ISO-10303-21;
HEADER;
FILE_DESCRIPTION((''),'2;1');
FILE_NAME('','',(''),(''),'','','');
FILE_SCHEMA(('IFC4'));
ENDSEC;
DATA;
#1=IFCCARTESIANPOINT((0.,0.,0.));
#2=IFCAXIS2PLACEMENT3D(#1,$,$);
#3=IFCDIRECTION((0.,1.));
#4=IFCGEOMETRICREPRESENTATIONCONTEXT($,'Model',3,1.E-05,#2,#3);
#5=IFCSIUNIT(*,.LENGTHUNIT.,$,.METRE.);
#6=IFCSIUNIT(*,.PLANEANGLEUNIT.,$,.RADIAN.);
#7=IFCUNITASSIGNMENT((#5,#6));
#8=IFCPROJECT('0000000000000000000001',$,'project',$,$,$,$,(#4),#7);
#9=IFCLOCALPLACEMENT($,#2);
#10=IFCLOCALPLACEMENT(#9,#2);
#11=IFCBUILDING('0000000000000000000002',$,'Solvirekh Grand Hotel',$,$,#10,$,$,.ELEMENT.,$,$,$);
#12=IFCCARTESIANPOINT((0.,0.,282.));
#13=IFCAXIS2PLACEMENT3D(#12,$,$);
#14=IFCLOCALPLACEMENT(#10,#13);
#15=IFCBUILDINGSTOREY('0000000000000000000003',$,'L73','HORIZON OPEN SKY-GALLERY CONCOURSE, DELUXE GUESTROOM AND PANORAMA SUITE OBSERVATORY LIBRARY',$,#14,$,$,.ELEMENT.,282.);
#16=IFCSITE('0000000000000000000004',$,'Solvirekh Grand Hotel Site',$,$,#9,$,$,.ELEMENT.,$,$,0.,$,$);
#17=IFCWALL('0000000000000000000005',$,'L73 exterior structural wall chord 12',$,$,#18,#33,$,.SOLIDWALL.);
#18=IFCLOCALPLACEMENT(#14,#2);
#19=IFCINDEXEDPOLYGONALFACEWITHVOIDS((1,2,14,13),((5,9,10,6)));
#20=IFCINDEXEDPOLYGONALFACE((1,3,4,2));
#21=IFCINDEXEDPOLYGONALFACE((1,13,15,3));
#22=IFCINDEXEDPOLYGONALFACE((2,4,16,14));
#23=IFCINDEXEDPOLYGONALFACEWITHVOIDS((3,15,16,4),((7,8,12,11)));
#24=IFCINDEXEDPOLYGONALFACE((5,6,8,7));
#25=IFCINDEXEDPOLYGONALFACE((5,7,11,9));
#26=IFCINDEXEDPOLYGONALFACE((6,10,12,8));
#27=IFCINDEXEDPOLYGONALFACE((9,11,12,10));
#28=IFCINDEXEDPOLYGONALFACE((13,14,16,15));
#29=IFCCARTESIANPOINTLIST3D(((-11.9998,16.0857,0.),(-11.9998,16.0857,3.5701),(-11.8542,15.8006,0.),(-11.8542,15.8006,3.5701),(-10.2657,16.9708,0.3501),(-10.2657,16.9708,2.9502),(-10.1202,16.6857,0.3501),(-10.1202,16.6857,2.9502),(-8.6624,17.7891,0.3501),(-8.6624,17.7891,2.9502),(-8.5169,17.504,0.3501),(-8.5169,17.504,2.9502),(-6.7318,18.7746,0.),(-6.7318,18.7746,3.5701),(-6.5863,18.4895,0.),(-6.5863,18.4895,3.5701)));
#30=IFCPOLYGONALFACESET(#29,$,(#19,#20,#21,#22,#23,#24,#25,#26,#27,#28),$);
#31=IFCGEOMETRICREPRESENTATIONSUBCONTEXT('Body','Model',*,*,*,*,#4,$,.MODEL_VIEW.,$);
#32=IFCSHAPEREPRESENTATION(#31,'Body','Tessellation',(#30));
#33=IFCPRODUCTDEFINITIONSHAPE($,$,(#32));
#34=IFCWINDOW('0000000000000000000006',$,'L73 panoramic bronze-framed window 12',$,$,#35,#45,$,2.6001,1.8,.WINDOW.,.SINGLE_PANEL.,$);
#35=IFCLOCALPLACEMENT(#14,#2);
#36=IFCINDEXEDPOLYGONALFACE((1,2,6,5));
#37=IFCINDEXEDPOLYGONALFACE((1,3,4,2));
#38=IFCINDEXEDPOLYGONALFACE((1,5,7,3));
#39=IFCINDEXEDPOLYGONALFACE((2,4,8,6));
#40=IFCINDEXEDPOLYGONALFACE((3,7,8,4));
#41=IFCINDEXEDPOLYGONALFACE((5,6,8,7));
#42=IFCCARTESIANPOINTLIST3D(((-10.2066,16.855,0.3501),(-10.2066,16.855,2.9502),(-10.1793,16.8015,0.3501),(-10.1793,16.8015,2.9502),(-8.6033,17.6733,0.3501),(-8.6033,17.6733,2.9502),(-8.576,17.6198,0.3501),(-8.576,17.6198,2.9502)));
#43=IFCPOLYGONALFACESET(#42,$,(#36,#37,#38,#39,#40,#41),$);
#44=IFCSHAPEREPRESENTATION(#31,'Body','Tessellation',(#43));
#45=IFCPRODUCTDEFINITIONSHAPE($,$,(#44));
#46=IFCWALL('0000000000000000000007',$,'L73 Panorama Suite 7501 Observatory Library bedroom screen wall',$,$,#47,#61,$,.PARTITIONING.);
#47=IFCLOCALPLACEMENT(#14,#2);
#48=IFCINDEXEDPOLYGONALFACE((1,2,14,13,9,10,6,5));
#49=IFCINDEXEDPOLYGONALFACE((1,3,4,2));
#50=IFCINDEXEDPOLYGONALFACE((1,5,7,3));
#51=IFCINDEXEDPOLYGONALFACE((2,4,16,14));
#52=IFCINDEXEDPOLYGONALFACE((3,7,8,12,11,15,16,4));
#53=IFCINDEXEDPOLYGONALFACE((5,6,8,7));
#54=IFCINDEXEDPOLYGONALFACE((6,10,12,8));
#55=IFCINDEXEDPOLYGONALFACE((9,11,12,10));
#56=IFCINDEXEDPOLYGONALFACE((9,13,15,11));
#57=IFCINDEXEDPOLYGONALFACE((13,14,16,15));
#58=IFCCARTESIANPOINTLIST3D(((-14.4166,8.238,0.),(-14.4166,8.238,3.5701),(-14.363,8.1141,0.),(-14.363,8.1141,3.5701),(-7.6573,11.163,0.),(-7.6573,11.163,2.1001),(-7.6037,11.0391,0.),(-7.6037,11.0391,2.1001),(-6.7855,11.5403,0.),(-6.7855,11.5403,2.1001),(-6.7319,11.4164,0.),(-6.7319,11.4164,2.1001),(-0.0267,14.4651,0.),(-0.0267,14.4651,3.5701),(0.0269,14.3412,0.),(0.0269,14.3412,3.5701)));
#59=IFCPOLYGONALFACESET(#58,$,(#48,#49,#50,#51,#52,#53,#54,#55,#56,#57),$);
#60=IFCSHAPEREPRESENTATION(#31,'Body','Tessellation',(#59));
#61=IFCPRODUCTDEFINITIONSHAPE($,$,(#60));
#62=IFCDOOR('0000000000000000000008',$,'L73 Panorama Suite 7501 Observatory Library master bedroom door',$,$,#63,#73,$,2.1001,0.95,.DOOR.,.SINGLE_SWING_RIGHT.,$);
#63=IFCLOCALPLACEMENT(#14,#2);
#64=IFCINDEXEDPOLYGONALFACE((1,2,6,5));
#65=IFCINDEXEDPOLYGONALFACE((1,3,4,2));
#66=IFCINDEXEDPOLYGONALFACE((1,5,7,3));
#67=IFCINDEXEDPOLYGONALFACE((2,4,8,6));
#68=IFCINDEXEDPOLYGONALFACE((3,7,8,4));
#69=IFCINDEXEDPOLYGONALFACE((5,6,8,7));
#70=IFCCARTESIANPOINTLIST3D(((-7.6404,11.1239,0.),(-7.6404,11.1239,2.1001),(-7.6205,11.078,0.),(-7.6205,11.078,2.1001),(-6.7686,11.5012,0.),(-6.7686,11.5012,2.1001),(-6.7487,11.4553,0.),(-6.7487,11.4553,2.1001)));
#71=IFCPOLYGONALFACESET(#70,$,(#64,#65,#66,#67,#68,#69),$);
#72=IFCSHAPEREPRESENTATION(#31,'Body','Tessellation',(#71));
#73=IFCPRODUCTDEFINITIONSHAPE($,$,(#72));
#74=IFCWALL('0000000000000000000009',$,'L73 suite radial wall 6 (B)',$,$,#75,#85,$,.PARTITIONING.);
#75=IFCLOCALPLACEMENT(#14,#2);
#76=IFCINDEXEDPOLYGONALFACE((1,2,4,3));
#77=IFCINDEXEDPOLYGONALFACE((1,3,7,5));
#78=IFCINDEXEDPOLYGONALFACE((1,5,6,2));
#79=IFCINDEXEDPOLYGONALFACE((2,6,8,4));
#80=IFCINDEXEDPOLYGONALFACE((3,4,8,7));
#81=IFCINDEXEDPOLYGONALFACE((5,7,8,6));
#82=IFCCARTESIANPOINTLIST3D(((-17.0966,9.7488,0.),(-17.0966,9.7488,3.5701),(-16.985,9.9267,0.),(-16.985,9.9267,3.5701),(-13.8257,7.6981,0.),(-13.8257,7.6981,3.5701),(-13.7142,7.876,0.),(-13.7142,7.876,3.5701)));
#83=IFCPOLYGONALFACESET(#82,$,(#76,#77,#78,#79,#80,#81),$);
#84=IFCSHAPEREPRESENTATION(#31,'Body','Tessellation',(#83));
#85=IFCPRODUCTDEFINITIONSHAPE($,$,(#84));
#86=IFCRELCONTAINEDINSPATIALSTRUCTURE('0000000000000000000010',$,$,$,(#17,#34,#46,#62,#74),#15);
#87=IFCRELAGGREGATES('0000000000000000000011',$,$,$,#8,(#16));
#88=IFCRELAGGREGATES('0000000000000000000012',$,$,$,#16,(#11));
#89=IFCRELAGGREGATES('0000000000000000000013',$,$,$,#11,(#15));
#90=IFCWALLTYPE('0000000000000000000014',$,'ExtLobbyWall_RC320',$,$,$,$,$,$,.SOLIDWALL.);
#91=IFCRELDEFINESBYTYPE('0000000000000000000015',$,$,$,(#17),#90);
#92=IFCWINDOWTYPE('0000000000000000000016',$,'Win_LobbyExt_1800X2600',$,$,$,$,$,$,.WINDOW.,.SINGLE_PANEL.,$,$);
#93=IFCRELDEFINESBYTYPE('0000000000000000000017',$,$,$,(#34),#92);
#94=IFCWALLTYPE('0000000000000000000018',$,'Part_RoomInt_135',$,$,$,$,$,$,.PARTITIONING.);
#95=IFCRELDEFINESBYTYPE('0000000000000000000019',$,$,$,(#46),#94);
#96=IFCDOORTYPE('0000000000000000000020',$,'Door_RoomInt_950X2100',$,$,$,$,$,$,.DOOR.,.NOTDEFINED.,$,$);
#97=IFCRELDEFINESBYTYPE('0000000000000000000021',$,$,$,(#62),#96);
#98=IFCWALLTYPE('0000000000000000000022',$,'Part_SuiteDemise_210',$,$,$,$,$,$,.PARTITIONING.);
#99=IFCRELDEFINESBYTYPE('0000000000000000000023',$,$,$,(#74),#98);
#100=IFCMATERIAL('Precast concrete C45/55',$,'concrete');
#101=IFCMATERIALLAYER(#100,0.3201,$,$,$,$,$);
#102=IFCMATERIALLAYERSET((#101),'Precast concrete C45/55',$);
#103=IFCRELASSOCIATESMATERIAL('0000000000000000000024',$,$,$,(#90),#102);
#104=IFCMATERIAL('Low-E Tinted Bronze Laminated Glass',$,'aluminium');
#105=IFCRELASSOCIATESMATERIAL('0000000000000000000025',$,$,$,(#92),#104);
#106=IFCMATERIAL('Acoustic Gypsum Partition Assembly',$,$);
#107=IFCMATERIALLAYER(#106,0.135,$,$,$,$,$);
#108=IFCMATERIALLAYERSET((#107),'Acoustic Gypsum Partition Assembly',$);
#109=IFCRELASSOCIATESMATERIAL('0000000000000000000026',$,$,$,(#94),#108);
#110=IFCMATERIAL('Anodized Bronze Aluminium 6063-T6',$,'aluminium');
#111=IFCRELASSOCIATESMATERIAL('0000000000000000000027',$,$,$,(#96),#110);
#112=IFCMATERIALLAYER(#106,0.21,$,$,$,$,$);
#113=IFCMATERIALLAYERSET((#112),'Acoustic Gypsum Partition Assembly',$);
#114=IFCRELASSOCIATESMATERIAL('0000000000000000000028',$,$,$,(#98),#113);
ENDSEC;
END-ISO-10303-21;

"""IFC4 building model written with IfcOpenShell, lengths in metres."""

from ifc_helpers import new_model, si_unit, direction, frame, frame_2d, origin, place, context, subcontext, project, spatial, rectangle, extrude, material, layer, layer_set, type_object, element, fill, save


model = new_model("IFC4")

# Units and contexts
model_context = context("Model", 3, precision=1e-05, world=origin(), true_north=direction((0.0, 1.0)))
body_context = subcontext(model_context, "Body", "Model", "MODEL_VIEW")
ifc_project = project(units=[si_unit("LENGTHUNIT", "METRE"), si_unit("PLANEANGLEUNIT", "RADIAN")], contexts=[model_context])

# Site, building, storey
site_placement = place(None, origin())
site = spatial("IfcSite", under=ifc_project, at=site_placement, Name="Solvirekh Grand Hotel Site", CompositionType="ELEMENT", RefElevation=0.0)
building_placement = place(site_placement, origin())
building = spatial("IfcBuilding", under=site, at=building_placement, Name="Solvirekh Grand Hotel", CompositionType="ELEMENT")
storey_placement = place(building_placement, frame((0.0, 0.0, 282.0)))
storey = spatial("IfcBuildingStorey", under=building, at=storey_placement, Name="L73", Description="HORIZON OPEN SKY-GALLERY CONCOURSE, DELUXE GUESTROOM AND PANORAMA SUITE OBSERVATORY LIBRARY", CompositionType="ELEMENT", Elevation=282.0)

# Shared definitions
ifc_material_1 = material(Name="Anodized Bronze Aluminium 6063-T6", Category="aluminium")
ifc_material_2 = material(Name="Low-E Tinted Bronze Laminated Glass", Category="aluminium")

# Wall, opening, window
ifc_material_3 = material(Name="Precast concrete C45/55", Category="concrete")
ifc_layer_1 = layer(ifc_material_3, 0.3201)
ifc_layer_set_1 = layer_set([ifc_layer_1], Name="Precast concrete C45/55")
wall_type_1 = type_object("IfcWallType", Name="ExtLobbyWall_RC320", PredefinedType="SOLIDWALL", material=ifc_layer_set_1)
wall_1_placement = place(storey_placement, frame((-11.927, 15.9431, 0.0), z_axis=(0.0, 0.0, 1.0), x_axis=(0.890681, 0.454628, 0.0)))
wall_1 = element("IfcWall", 1, at=wall_1_placement, inside=storey, type_object=wall_type_1, Name="L73 exterior structural wall chord 12", PredefinedType="SOLIDWALL", context=body_context, shape_type="SweptSolid", body=[
    extrude(rectangle(XDim=5.9146, YDim=0.3201, at=frame_2d((2.9573, 0.0))), origin(), (0.0, 0.0, 1.0), 3.5701),
])
opening_1_placement = place(wall_1_placement, frame((1.947, 0.0, 0.3501)))
opening_1 = element("IfcOpeningElement", 2, at=opening_1_placement, cuts=wall_1, PredefinedType="OPENING", context=body_context, shape_type="SweptSolid", body=[
    extrude(rectangle(XDim=1.8, YDim=2.6001, at=frame_2d((0.8999, 1.3))), frame((0.0, 0.1699, 0.0), z_axis=(0.0, -1.0, 0.0), x_axis=(1.0, 0.0, 0.0)), (0.0, 0.0, 1.0), 0.3401),
])
window_type = type_object("IfcWindowType", Name="Win_LobbyExt_1800X2600", PartitioningType="SINGLE_PANEL", PredefinedType="WINDOW", material=ifc_material_2)
window_placement = place(opening_1_placement, origin())
window = element("IfcWindow", 3, at=window_placement, inside=storey, type_object=window_type, Name="L73 panoramic bronze-framed window 12", OverallHeight=2.6001, OverallWidth=1.8, PartitioningType="SINGLE_PANEL", PredefinedType="WINDOW", context=body_context, shape_type="SweptSolid", body=[
    extrude(rectangle(XDim=1.8, YDim=2.6001, at=frame_2d((0.8999, 1.3))), frame((0.0, 0.03, 0.0), z_axis=(0.0, -1.0, 0.0), x_axis=(1.0, 0.0, 0.0)), (0.0, 0.0, 1.0), 0.0601),
])
fill(opening_1, window)

# Wall, opening, door
ifc_material_4 = material(Name="Acoustic Gypsum Partition Assembly")
ifc_layer_2 = layer(ifc_material_4, 0.135)
ifc_layer_set_2 = layer_set([ifc_layer_2], Name="Acoustic Gypsum Partition Assembly")
wall_type_2 = type_object("IfcWallType", Name="Part_RoomInt_135", PredefinedType="PARTITIONING", material=ifc_layer_set_2)
wall_2_placement = place(storey_placement, frame((-14.3899, 8.176, 0.0), z_axis=(0.0, 0.0, 1.0), x_axis=(0.917755, 0.397147, 0.0)))
wall_2 = element("IfcWall", 4, at=wall_2_placement, inside=storey, type_object=wall_type_2, Name="L73 Panorama Suite 7501 Observatory Library bedroom screen wall", PredefinedType="PARTITIONING", context=body_context, shape_type="SweptSolid", body=[
    extrude(rectangle(XDim=15.6794, YDim=0.135, at=frame_2d((7.8398, 0.0))), origin(), (0.0, 0.0, 1.0), 3.5701),
])
opening_2_placement = place(wall_2_placement, frame((7.365, 0.0, 0.0)))
opening_2 = element("IfcOpeningElement", 5, at=opening_2_placement, cuts=wall_2, PredefinedType="OPENING", context=body_context, shape_type="SweptSolid", body=[
    extrude(rectangle(XDim=0.95, YDim=2.1001, at=frame_2d((0.4751, 1.05))), frame((0.0, 0.0776, 0.0), z_axis=(0.0, -1.0, 0.0), x_axis=(1.0, 0.0, 0.0)), (0.0, 0.0, 1.0), 0.155),
])
door_type = type_object("IfcDoorType", Name="Door_RoomInt_950X2100", OperationType="NOTDEFINED", PredefinedType="DOOR", material=ifc_material_1)
door_placement = place(opening_2_placement, origin())
door = element("IfcDoor", 6, at=door_placement, inside=storey, type_object=door_type, Name="L73 Panorama Suite 7501 Observatory Library master bedroom door", OperationType="SINGLE_SWING_RIGHT", OverallHeight=2.1001, OverallWidth=0.95, PredefinedType="DOOR", context=body_context, shape_type="SweptSolid", body=[
    extrude(rectangle(XDim=0.95, YDim=2.1001, at=frame_2d((0.4751, 1.05))), frame((0.0, 0.0249, 0.0), z_axis=(0.0, -1.0, 0.0), x_axis=(1.0, 0.0, 0.0)), (0.0, 0.0, 1.0), 0.05),
])
fill(opening_2, door)

# Wall
ifc_layer_3 = layer(ifc_material_4, 0.21)
ifc_layer_set_3 = layer_set([ifc_layer_3], Name="Acoustic Gypsum Partition Assembly")
wall_type_3 = type_object("IfcWallType", Name="Part_SuiteDemise_210", PredefinedType="PARTITIONING", material=ifc_layer_set_3)
wall_3_placement = place(storey_placement, frame((-13.77, 7.7871, 0.0), z_axis=(0.0, 0.0, 1.0), x_axis=(-0.847251, 0.531192, 0.0)))
element("IfcWall", 7, at=wall_3_placement, inside=storey, type_object=wall_type_3, Name="L73 suite radial wall 6 (B)", PredefinedType="PARTITIONING", context=body_context, shape_type="SweptSolid", body=[
    extrude(rectangle(XDim=3.8606, YDim=0.21, at=frame_2d((1.9302, 0.0))), origin(), (0.0, 0.0, 1.0), 3.5701),
])

save(model, "model.ifc")
